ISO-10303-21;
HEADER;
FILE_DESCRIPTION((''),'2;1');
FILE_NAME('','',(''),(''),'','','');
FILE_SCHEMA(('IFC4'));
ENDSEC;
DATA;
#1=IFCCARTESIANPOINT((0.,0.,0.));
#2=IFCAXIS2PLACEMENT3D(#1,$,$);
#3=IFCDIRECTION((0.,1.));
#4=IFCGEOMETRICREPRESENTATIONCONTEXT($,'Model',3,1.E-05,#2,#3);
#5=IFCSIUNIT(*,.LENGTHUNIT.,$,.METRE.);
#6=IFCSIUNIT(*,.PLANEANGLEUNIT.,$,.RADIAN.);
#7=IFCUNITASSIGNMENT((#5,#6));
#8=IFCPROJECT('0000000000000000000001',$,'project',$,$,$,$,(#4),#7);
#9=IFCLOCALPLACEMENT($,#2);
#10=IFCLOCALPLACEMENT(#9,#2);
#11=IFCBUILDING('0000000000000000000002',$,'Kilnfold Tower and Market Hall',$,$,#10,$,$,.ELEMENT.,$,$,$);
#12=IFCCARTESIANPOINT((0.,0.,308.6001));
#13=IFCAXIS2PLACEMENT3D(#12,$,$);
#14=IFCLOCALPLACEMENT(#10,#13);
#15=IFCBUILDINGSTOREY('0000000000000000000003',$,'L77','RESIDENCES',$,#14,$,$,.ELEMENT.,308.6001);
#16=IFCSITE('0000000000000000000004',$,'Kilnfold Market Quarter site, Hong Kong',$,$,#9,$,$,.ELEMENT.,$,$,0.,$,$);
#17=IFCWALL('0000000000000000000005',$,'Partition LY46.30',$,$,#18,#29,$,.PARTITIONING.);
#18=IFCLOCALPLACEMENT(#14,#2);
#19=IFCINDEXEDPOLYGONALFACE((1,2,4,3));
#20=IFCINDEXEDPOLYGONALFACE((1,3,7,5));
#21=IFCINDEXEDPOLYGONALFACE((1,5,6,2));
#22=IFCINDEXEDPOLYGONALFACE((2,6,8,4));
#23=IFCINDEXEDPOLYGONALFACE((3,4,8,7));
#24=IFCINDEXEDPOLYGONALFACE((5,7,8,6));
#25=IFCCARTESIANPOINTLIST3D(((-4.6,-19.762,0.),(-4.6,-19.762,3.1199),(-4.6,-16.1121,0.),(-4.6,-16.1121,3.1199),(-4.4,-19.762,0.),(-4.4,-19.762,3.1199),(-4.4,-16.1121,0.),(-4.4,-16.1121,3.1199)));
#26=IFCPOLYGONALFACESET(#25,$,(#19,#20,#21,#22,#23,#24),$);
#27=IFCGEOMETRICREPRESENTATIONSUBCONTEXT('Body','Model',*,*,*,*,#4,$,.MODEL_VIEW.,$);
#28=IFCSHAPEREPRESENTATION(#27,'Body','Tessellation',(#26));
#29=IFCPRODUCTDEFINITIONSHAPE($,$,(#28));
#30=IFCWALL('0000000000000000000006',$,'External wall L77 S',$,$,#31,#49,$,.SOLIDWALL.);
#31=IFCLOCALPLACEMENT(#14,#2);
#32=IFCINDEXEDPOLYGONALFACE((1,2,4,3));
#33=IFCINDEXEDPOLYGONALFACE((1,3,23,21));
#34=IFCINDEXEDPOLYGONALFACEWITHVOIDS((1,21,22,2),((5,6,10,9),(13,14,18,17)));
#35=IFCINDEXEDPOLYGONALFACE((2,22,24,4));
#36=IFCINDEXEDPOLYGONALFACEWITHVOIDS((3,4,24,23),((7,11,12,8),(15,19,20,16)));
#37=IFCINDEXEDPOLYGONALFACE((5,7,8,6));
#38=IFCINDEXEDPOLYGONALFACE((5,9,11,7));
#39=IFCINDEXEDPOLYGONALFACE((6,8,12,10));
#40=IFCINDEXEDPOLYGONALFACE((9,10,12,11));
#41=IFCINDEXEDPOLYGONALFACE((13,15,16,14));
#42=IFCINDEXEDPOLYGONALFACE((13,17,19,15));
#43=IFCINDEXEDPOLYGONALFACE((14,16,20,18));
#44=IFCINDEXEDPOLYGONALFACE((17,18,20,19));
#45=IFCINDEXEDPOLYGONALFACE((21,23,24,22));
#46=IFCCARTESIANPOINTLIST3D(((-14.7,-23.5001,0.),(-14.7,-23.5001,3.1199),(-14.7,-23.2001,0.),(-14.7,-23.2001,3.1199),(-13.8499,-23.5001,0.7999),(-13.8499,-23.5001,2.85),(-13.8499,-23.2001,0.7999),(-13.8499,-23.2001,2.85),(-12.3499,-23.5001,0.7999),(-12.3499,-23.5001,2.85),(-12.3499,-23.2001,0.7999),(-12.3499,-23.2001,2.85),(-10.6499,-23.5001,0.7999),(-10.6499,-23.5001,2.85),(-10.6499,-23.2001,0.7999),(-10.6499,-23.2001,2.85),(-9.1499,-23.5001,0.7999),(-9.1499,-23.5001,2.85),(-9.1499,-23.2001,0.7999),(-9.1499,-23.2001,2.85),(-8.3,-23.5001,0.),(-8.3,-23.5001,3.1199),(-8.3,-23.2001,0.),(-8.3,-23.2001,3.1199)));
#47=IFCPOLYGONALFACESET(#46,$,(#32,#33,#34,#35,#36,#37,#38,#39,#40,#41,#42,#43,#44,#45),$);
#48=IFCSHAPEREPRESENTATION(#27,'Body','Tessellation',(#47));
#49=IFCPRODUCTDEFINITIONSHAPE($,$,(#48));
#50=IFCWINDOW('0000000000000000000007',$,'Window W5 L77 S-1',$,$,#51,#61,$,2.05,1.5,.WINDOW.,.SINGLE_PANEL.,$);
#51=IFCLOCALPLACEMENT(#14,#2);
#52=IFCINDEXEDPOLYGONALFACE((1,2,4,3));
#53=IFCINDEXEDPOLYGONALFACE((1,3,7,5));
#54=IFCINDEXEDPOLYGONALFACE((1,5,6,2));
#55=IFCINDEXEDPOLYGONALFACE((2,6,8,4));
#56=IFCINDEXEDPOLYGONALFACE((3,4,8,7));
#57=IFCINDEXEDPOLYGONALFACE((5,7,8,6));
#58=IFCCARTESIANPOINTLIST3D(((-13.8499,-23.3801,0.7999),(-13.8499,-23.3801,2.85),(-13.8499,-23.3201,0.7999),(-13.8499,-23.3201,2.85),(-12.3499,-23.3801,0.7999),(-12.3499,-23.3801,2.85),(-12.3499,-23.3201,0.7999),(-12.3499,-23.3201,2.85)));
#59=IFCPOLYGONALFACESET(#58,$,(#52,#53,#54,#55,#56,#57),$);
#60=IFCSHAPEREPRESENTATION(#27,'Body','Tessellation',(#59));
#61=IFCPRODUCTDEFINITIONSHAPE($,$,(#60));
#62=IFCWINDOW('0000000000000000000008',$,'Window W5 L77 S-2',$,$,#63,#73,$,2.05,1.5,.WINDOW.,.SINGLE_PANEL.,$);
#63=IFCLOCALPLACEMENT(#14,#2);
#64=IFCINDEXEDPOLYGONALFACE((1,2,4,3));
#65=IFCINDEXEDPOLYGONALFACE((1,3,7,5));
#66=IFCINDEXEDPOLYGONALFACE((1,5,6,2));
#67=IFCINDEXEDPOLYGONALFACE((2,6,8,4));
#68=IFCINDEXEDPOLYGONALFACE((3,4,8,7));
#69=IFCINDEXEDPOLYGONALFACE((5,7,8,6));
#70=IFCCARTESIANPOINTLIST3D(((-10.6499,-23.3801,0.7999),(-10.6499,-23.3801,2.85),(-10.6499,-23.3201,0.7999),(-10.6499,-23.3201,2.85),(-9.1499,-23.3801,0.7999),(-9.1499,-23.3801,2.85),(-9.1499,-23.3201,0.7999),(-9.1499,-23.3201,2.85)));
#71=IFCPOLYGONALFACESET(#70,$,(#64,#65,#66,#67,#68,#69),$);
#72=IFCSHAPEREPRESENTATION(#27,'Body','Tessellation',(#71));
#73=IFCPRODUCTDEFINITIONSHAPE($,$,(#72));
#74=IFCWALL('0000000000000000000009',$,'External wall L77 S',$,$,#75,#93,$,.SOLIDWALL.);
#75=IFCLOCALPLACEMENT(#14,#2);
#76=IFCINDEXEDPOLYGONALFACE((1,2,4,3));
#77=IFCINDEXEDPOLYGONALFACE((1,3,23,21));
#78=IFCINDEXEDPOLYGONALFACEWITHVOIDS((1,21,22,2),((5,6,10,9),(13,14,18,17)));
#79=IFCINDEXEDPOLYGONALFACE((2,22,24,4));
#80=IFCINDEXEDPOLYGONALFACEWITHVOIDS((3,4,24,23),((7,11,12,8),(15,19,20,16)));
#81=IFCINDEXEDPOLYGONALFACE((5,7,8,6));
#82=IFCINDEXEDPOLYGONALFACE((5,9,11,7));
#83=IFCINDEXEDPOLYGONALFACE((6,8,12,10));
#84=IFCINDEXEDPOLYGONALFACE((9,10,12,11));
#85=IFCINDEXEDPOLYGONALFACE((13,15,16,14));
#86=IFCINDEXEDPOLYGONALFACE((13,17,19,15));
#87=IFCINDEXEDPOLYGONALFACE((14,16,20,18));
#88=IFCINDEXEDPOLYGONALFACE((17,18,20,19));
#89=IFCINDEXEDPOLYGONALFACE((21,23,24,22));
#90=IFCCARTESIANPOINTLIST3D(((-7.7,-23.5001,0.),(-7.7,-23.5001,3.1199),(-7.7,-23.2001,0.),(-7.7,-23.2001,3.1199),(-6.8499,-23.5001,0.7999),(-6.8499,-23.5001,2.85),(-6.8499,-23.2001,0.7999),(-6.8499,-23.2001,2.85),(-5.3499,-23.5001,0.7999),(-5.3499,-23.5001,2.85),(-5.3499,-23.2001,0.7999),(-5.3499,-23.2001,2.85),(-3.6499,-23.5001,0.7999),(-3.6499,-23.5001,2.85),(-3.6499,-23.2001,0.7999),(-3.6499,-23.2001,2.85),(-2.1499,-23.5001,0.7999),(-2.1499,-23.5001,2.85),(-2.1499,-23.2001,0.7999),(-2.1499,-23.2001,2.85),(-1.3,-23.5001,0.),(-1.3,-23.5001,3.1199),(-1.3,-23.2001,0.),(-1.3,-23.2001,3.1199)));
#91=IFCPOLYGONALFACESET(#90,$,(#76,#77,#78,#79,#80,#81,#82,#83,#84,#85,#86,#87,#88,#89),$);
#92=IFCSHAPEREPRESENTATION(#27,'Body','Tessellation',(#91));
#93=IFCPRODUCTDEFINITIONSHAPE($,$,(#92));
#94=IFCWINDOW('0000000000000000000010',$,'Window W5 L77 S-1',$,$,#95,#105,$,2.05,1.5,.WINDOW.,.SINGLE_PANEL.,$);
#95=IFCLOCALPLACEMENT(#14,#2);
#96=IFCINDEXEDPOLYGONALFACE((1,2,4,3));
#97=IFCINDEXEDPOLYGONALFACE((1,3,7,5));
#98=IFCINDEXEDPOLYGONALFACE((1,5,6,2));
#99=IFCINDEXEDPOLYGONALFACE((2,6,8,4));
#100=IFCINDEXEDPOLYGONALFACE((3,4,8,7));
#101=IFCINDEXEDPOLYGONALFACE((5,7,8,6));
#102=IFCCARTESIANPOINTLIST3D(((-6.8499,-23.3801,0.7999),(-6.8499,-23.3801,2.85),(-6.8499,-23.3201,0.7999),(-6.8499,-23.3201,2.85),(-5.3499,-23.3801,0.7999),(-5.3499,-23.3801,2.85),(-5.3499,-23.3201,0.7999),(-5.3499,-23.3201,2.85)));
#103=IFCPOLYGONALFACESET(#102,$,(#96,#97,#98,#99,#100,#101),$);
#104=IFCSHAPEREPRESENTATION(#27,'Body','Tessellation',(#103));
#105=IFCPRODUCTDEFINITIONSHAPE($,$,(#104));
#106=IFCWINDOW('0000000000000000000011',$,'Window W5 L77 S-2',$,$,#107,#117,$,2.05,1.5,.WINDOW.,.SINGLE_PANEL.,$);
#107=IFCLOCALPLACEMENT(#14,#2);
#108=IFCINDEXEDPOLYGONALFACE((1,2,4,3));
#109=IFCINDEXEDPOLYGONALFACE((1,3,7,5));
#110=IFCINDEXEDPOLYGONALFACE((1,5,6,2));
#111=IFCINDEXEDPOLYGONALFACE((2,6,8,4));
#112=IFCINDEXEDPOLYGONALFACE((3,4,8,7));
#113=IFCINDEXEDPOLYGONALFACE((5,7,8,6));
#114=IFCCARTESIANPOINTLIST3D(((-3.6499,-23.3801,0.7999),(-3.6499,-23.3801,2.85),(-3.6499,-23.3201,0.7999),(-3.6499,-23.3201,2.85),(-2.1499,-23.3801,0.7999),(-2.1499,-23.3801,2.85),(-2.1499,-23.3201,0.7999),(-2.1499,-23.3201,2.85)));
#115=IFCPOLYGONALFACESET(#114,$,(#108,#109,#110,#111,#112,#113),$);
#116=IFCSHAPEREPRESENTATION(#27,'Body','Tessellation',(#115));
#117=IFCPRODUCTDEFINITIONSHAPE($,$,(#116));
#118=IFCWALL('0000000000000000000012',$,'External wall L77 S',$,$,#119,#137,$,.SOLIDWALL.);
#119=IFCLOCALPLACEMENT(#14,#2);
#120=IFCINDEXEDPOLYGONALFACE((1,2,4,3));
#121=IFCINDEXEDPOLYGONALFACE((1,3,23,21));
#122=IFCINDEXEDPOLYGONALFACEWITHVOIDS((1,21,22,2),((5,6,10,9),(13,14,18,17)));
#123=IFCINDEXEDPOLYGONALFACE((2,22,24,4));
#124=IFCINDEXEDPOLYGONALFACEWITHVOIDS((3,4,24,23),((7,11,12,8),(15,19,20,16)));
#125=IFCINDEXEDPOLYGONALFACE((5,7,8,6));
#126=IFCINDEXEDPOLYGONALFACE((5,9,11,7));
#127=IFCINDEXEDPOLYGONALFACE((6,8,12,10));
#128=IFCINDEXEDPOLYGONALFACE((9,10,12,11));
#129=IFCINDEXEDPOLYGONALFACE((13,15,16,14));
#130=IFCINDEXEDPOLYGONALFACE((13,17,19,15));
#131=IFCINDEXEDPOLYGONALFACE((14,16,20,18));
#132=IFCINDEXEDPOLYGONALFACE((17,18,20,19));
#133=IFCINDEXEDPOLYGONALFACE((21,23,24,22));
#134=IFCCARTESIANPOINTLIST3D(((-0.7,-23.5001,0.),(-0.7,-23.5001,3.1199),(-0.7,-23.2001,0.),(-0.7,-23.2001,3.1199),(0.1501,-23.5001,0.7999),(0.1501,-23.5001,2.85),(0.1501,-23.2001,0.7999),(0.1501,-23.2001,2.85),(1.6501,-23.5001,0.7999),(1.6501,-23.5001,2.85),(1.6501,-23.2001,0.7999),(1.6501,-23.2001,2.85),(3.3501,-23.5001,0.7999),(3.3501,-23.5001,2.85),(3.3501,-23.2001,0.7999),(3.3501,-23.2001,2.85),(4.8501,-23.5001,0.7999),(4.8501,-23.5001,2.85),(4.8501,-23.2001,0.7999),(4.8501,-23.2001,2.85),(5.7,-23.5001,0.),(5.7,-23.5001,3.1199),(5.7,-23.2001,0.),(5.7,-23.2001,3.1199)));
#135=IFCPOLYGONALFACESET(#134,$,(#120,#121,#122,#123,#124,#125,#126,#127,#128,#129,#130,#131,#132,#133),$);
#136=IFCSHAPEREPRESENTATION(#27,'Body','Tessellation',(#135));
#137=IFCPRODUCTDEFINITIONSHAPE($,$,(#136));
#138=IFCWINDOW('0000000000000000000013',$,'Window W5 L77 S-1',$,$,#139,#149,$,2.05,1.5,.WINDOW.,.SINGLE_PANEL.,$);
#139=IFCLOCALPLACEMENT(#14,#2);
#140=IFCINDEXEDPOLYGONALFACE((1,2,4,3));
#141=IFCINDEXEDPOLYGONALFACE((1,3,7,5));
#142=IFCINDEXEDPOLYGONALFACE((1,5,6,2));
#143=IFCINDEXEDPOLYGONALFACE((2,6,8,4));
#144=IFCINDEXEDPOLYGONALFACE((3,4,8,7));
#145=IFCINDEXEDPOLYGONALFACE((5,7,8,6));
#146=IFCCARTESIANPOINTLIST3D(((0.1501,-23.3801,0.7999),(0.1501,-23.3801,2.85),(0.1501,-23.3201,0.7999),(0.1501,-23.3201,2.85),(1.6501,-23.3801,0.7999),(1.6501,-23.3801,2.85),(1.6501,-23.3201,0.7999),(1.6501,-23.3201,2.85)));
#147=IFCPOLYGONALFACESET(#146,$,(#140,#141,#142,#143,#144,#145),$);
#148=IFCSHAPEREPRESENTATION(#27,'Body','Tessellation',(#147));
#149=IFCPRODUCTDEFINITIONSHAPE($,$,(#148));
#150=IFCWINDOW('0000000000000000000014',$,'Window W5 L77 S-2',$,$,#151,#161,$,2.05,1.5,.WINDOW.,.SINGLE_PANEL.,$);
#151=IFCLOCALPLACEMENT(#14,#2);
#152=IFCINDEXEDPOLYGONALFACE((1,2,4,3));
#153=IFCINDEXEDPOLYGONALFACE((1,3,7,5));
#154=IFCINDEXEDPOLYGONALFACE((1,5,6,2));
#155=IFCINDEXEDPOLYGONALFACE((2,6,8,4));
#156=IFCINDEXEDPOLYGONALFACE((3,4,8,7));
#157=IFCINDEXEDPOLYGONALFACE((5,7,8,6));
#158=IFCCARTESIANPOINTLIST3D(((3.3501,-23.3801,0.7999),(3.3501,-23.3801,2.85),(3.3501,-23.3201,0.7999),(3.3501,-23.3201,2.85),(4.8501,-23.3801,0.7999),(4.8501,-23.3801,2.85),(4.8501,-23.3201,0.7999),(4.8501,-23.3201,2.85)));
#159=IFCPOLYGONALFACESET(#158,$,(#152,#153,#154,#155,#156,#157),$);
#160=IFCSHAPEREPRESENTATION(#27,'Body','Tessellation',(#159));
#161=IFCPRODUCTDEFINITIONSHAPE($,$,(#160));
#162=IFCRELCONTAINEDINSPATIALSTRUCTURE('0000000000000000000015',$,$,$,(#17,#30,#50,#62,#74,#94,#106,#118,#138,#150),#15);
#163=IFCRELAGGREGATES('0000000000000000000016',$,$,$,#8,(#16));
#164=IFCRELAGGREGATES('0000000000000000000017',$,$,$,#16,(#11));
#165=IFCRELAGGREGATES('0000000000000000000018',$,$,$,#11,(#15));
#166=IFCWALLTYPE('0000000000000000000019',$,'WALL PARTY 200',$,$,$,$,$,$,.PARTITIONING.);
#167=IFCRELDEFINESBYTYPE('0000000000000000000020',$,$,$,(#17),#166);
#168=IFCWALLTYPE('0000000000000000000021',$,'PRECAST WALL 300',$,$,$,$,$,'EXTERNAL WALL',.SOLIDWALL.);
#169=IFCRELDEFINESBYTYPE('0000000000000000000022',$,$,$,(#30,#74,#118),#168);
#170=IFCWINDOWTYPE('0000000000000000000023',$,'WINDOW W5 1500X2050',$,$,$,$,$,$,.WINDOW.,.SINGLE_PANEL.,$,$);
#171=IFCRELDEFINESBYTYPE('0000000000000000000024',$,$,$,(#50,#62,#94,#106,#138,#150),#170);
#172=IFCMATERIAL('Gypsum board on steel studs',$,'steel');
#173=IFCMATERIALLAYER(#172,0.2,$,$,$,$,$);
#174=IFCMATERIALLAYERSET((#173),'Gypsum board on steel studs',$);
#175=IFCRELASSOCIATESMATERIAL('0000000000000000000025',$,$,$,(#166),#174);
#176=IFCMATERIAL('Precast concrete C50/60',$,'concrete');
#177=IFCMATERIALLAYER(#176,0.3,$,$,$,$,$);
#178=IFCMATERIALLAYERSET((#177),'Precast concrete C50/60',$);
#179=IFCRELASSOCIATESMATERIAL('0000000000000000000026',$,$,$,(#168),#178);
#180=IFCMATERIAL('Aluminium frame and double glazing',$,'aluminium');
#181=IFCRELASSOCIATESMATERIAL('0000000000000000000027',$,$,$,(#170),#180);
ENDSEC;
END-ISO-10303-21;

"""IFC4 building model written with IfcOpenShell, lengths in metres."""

from ifc_helpers import new_model, si_unit, direction, frame, frame_2d, origin, place, context, subcontext, project, spatial, rectangle, extrude, source, transform, mapped, material, layer, layer_set, type_object, element, fill, save


model = new_model("IFC4")

# Units and contexts
model_context = context("Model", 3, precision=1e-05, world=origin(), true_north=direction((0.0, 1.0)))
body_context = subcontext(model_context, "Body", "Model", "MODEL_VIEW")
ifc_project = project(units=[si_unit("LENGTHUNIT", "METRE"), si_unit("PLANEANGLEUNIT", "RADIAN")], contexts=[model_context])

# Site, building, storey
site_placement = place(None, origin())
site = spatial("IfcSite", under=ifc_project, at=site_placement, Name="Kilnfold Market Quarter site, Hong Kong", CompositionType="ELEMENT", RefElevation=0.0)
building_placement = place(site_placement, origin())
building = spatial("IfcBuilding", under=site, at=building_placement, Name="Kilnfold Tower and Market Hall", CompositionType="ELEMENT")
storey_placement = place(building_placement, frame((0.0, 0.0, 308.6001)))
storey = spatial("IfcBuildingStorey", under=building, at=storey_placement, Name="L77", Description="RESIDENCES", CompositionType="ELEMENT", Elevation=308.6001)

# Wall
ifc_material_1 = material(Name="Gypsum board on steel studs", Category="steel")
ifc_layer_1 = layer(ifc_material_1, 0.2)
ifc_layer_set_1 = layer_set([ifc_layer_1], Name="Gypsum board on steel studs")
wall_type_1 = type_object("IfcWallType", Name="WALL PARTY 200", PredefinedType="PARTITIONING", material=ifc_layer_set_1)
wall_1_placement = place(storey_placement, frame((-4.5, -19.762, 0.0), z_axis=(0.0, 0.0, 1.0), x_axis=(0.0, 1.0, 0.0)))
element("IfcWall", 1, at=wall_1_placement, inside=storey, type_object=wall_type_1, Name="Partition LY46.30", PredefinedType="PARTITIONING", context=body_context, shape_type="SweptSolid", body=[
    extrude(rectangle(XDim=3.6499, YDim=0.2, at=frame_2d((1.825, 0.0))), origin(), (0.0, 0.0, 1.0), 3.1199),
])

# Walls, openings, windows
ifc_material_2 = material(Name="Precast concrete C50/60", Category="concrete")
ifc_layer_2 = layer(ifc_material_2, 0.3)
ifc_layer_set_2 = layer_set([ifc_layer_2], Name="Precast concrete C50/60")
wall_type_2 = type_object("IfcWallType", Name="PRECAST WALL 300", ElementType="EXTERNAL WALL", PredefinedType="SOLIDWALL", material=ifc_layer_set_2)
shared_shape_1 = source(origin(), body_context, "Body", "SweptSolid", [
    extrude(rectangle(XDim=6.3999, YDim=0.3, at=frame_2d((3.2, 0.0))), origin(), (0.0, 0.0, 1.0), 3.1199),
])
wall_2_placement = place(storey_placement, frame((-14.7, -23.3501, 0.0), z_axis=(0.0, 0.0, 1.0), x_axis=(1.0, 0.0, 0.0)))
wall_2 = element("IfcWall", 2, at=wall_2_placement, inside=storey, type_object=wall_type_2, Name="External wall L77 S", PredefinedType="SOLIDWALL", context=body_context, shape_type="MappedRepresentation", body=[
    mapped(shared_shape_1, transform((0.0, 0.0, 0.0))),
])
opening_1_placement = place(wall_2_placement, frame((0.8501, 0.0, 0.8)))
opening_1 = element("IfcOpeningElement", 3, at=opening_1_placement, cuts=wall_2, PredefinedType="OPENING", context=body_context, shape_type="SweptSolid", body=[
    extrude(rectangle(XDim=1.5, YDim=2.05, at=frame_2d((0.75, 1.0249))), frame((0.0, 0.1602, 0.0), z_axis=(0.0, -1.0, 0.0), x_axis=(1.0, 0.0, 0.0)), (0.0, 0.0, 1.0), 0.3201),
])
opening_2_placement = place(wall_2_placement, frame((4.05, 0.0, 0.8)))
opening_2 = element("IfcOpeningElement", 4, at=opening_2_placement, cuts=wall_2, PredefinedType="OPENING", context=body_context, shape_type="SweptSolid", body=[
    extrude(rectangle(XDim=1.5, YDim=2.05, at=frame_2d((0.75, 1.0249))), frame((0.0, 0.1602, 0.0), z_axis=(0.0, -1.0, 0.0), x_axis=(1.0, 0.0, 0.0)), (0.0, 0.0, 1.0), 0.3201),
])
ifc_material_3 = material(Name="Aluminium frame and double glazing", Category="aluminium")
window_type = type_object("IfcWindowType", Name="WINDOW W5 1500X2050", PartitioningType="SINGLE_PANEL", PredefinedType="WINDOW", material=ifc_material_3)
window_1_placement = place(opening_1_placement, origin())
window_1 = element("IfcWindow", 5, at=window_1_placement, inside=storey, type_object=window_type, Name="Window W5 L77 S-1", OverallHeight=2.05, OverallWidth=1.5, PartitioningType="SINGLE_PANEL", PredefinedType="WINDOW", context=body_context, shape_type="SweptSolid", body=[
    extrude(rectangle(XDim=1.5, YDim=2.05, at=frame_2d((0.75, 1.0249))), frame((0.0, 0.03, 0.0), z_axis=(0.0, -1.0, 0.0), x_axis=(1.0, 0.0, 0.0)), (0.0, 0.0, 1.0), 0.0601),
])
fill(opening_1, window_1)
window_2_placement = place(opening_2_placement, origin())
window_2 = element("IfcWindow", 6, at=window_2_placement, inside=storey, type_object=window_type, Name="Window W5 L77 S-2", OverallHeight=2.05, OverallWidth=1.5, PartitioningType="SINGLE_PANEL", PredefinedType="WINDOW", context=body_context, shape_type="SweptSolid", body=[
    extrude(rectangle(XDim=1.5, YDim=2.05, at=frame_2d((0.75, 1.0249))), frame((0.0, 0.03, 0.0), z_axis=(0.0, -1.0, 0.0), x_axis=(1.0, 0.0, 0.0)), (0.0, 0.0, 1.0), 0.0601),
])
fill(opening_2, window_2)
wall_3_placement = place(storey_placement, frame((-7.7, -23.3501, 0.0), z_axis=(0.0, 0.0, 1.0), x_axis=(1.0, 0.0, 0.0)))
wall_3 = element("IfcWall", 7, at=wall_3_placement, inside=storey, type_object=wall_type_2, Name="External wall L77 S", PredefinedType="SOLIDWALL", context=body_context, shape_type="MappedRepresentation", body=[
    mapped(shared_shape_1, transform((0.0, 0.0, 0.0))),
])
opening_3_placement = place(wall_3_placement, frame((0.8501, 0.0, 0.8)))
opening_3 = element("IfcOpeningElement", 8, at=opening_3_placement, cuts=wall_3, PredefinedType="OPENING", context=body_context, shape_type="SweptSolid", body=[
    extrude(rectangle(XDim=1.5, YDim=2.05, at=frame_2d((0.75, 1.0249))), frame((0.0, 0.1602, 0.0), z_axis=(0.0, -1.0, 0.0), x_axis=(1.0, 0.0, 0.0)), (0.0, 0.0, 1.0), 0.3201),
])
opening_4_placement = place(wall_3_placement, frame((4.05, 0.0, 0.8)))
opening_4 = element("IfcOpeningElement", 9, at=opening_4_placement, cuts=wall_3, PredefinedType="OPENING", context=body_context, shape_type="SweptSolid", body=[
    extrude(rectangle(XDim=1.5, YDim=2.05, at=frame_2d((0.75, 1.0249))), frame((0.0, 0.1602, 0.0), z_axis=(0.0, -1.0, 0.0), x_axis=(1.0, 0.0, 0.0)), (0.0, 0.0, 1.0), 0.3201),
])
window_3_placement = place(opening_3_placement, origin())
window_3 = element("IfcWindow", 10, at=window_3_placement, inside=storey, type_object=window_type, Name="Window W5 L77 S-1", OverallHeight=2.05, OverallWidth=1.5, PartitioningType="SINGLE_PANEL", PredefinedType="WINDOW", context=body_context, shape_type="SweptSolid", body=[
    extrude(rectangle(XDim=1.5, YDim=2.05, at=frame_2d((0.75, 1.0249))), frame((0.0, 0.03, 0.0), z_axis=(0.0, -1.0, 0.0), x_axis=(1.0, 0.0, 0.0)), (0.0, 0.0, 1.0), 0.0601),
])
fill(opening_3, window_3)
window_4_placement = place(opening_4_placement, origin())
window_4 = element("IfcWindow", 11, at=window_4_placement, inside=storey, type_object=window_type, Name="Window W5 L77 S-2", OverallHeight=2.05, OverallWidth=1.5, PartitioningType="SINGLE_PANEL", PredefinedType="WINDOW", context=body_context, shape_type="SweptSolid", body=[
    extrude(rectangle(XDim=1.5, YDim=2.05, at=frame_2d((0.75, 1.0249))), frame((0.0, 0.03, 0.0), z_axis=(0.0, -1.0, 0.0), x_axis=(1.0, 0.0, 0.0)), (0.0, 0.0, 1.0), 0.0601),
])
fill(opening_4, window_4)
wall_4_placement = place(storey_placement, frame((-0.7, -23.3501, 0.0), z_axis=(0.0, 0.0, 1.0), x_axis=(1.0, 0.0, 0.0)))
wall_4 = element("IfcWall", 12, at=wall_4_placement, inside=storey, type_object=wall_type_2, Name="External wall L77 S", PredefinedType="SOLIDWALL", context=body_context, shape_type="MappedRepresentation", body=[
    mapped(shared_shape_1, transform((0.0, 0.0, 0.0))),
])
opening_5_placement = place(wall_4_placement, frame((0.8501, 0.0, 0.8)))
opening_5 = element("IfcOpeningElement", 13, at=opening_5_placement, cuts=wall_4, PredefinedType="OPENING", context=body_context, shape_type="SweptSolid", body=[
    extrude(rectangle(XDim=1.5, YDim=2.05, at=frame_2d((0.75, 1.0249))), frame((0.0, 0.1602, 0.0), z_axis=(0.0, -1.0, 0.0), x_axis=(1.0, 0.0, 0.0)), (0.0, 0.0, 1.0), 0.3201),
])
opening_6_placement = place(wall_4_placement, frame((4.05, 0.0, 0.8)))
opening_6 = element("IfcOpeningElement", 14, at=opening_6_placement, cuts=wall_4, PredefinedType="OPENING", context=body_context, shape_type="SweptSolid", body=[
    extrude(rectangle(XDim=1.5, YDim=2.05, at=frame_2d((0.75, 1.0249))), frame((0.0, 0.1602, 0.0), z_axis=(0.0, -1.0, 0.0), x_axis=(1.0, 0.0, 0.0)), (0.0, 0.0, 1.0), 0.3201),
])
window_5_placement = place(opening_5_placement, origin())
window_5 = element("IfcWindow", 15, at=window_5_placement, inside=storey, type_object=window_type, Name="Window W5 L77 S-1", OverallHeight=2.05, OverallWidth=1.5, PartitioningType="SINGLE_PANEL", PredefinedType="WINDOW", context=body_context, shape_type="SweptSolid", body=[
    extrude(rectangle(XDim=1.5, YDim=2.05, at=frame_2d((0.75, 1.0249))), frame((0.0, 0.03, 0.0), z_axis=(0.0, -1.0, 0.0), x_axis=(1.0, 0.0, 0.0)), (0.0, 0.0, 1.0), 0.0601),
])
fill(opening_5, window_5)
window_6_placement = place(opening_6_placement, origin())
window_6 = element("IfcWindow", 16, at=window_6_placement, inside=storey, type_object=window_type, Name="Window W5 L77 S-2", OverallHeight=2.05, OverallWidth=1.5, PartitioningType="SINGLE_PANEL", PredefinedType="WINDOW", context=body_context, shape_type="SweptSolid", body=[
    extrude(rectangle(XDim=1.5, YDim=2.05, at=frame_2d((0.75, 1.0249))), frame((0.0, 0.03, 0.0), z_axis=(0.0, -1.0, 0.0), x_axis=(1.0, 0.0, 0.0)), (0.0, 0.0, 1.0), 0.0601),
])
fill(opening_6, window_6)

save(model, "model.ifc")
